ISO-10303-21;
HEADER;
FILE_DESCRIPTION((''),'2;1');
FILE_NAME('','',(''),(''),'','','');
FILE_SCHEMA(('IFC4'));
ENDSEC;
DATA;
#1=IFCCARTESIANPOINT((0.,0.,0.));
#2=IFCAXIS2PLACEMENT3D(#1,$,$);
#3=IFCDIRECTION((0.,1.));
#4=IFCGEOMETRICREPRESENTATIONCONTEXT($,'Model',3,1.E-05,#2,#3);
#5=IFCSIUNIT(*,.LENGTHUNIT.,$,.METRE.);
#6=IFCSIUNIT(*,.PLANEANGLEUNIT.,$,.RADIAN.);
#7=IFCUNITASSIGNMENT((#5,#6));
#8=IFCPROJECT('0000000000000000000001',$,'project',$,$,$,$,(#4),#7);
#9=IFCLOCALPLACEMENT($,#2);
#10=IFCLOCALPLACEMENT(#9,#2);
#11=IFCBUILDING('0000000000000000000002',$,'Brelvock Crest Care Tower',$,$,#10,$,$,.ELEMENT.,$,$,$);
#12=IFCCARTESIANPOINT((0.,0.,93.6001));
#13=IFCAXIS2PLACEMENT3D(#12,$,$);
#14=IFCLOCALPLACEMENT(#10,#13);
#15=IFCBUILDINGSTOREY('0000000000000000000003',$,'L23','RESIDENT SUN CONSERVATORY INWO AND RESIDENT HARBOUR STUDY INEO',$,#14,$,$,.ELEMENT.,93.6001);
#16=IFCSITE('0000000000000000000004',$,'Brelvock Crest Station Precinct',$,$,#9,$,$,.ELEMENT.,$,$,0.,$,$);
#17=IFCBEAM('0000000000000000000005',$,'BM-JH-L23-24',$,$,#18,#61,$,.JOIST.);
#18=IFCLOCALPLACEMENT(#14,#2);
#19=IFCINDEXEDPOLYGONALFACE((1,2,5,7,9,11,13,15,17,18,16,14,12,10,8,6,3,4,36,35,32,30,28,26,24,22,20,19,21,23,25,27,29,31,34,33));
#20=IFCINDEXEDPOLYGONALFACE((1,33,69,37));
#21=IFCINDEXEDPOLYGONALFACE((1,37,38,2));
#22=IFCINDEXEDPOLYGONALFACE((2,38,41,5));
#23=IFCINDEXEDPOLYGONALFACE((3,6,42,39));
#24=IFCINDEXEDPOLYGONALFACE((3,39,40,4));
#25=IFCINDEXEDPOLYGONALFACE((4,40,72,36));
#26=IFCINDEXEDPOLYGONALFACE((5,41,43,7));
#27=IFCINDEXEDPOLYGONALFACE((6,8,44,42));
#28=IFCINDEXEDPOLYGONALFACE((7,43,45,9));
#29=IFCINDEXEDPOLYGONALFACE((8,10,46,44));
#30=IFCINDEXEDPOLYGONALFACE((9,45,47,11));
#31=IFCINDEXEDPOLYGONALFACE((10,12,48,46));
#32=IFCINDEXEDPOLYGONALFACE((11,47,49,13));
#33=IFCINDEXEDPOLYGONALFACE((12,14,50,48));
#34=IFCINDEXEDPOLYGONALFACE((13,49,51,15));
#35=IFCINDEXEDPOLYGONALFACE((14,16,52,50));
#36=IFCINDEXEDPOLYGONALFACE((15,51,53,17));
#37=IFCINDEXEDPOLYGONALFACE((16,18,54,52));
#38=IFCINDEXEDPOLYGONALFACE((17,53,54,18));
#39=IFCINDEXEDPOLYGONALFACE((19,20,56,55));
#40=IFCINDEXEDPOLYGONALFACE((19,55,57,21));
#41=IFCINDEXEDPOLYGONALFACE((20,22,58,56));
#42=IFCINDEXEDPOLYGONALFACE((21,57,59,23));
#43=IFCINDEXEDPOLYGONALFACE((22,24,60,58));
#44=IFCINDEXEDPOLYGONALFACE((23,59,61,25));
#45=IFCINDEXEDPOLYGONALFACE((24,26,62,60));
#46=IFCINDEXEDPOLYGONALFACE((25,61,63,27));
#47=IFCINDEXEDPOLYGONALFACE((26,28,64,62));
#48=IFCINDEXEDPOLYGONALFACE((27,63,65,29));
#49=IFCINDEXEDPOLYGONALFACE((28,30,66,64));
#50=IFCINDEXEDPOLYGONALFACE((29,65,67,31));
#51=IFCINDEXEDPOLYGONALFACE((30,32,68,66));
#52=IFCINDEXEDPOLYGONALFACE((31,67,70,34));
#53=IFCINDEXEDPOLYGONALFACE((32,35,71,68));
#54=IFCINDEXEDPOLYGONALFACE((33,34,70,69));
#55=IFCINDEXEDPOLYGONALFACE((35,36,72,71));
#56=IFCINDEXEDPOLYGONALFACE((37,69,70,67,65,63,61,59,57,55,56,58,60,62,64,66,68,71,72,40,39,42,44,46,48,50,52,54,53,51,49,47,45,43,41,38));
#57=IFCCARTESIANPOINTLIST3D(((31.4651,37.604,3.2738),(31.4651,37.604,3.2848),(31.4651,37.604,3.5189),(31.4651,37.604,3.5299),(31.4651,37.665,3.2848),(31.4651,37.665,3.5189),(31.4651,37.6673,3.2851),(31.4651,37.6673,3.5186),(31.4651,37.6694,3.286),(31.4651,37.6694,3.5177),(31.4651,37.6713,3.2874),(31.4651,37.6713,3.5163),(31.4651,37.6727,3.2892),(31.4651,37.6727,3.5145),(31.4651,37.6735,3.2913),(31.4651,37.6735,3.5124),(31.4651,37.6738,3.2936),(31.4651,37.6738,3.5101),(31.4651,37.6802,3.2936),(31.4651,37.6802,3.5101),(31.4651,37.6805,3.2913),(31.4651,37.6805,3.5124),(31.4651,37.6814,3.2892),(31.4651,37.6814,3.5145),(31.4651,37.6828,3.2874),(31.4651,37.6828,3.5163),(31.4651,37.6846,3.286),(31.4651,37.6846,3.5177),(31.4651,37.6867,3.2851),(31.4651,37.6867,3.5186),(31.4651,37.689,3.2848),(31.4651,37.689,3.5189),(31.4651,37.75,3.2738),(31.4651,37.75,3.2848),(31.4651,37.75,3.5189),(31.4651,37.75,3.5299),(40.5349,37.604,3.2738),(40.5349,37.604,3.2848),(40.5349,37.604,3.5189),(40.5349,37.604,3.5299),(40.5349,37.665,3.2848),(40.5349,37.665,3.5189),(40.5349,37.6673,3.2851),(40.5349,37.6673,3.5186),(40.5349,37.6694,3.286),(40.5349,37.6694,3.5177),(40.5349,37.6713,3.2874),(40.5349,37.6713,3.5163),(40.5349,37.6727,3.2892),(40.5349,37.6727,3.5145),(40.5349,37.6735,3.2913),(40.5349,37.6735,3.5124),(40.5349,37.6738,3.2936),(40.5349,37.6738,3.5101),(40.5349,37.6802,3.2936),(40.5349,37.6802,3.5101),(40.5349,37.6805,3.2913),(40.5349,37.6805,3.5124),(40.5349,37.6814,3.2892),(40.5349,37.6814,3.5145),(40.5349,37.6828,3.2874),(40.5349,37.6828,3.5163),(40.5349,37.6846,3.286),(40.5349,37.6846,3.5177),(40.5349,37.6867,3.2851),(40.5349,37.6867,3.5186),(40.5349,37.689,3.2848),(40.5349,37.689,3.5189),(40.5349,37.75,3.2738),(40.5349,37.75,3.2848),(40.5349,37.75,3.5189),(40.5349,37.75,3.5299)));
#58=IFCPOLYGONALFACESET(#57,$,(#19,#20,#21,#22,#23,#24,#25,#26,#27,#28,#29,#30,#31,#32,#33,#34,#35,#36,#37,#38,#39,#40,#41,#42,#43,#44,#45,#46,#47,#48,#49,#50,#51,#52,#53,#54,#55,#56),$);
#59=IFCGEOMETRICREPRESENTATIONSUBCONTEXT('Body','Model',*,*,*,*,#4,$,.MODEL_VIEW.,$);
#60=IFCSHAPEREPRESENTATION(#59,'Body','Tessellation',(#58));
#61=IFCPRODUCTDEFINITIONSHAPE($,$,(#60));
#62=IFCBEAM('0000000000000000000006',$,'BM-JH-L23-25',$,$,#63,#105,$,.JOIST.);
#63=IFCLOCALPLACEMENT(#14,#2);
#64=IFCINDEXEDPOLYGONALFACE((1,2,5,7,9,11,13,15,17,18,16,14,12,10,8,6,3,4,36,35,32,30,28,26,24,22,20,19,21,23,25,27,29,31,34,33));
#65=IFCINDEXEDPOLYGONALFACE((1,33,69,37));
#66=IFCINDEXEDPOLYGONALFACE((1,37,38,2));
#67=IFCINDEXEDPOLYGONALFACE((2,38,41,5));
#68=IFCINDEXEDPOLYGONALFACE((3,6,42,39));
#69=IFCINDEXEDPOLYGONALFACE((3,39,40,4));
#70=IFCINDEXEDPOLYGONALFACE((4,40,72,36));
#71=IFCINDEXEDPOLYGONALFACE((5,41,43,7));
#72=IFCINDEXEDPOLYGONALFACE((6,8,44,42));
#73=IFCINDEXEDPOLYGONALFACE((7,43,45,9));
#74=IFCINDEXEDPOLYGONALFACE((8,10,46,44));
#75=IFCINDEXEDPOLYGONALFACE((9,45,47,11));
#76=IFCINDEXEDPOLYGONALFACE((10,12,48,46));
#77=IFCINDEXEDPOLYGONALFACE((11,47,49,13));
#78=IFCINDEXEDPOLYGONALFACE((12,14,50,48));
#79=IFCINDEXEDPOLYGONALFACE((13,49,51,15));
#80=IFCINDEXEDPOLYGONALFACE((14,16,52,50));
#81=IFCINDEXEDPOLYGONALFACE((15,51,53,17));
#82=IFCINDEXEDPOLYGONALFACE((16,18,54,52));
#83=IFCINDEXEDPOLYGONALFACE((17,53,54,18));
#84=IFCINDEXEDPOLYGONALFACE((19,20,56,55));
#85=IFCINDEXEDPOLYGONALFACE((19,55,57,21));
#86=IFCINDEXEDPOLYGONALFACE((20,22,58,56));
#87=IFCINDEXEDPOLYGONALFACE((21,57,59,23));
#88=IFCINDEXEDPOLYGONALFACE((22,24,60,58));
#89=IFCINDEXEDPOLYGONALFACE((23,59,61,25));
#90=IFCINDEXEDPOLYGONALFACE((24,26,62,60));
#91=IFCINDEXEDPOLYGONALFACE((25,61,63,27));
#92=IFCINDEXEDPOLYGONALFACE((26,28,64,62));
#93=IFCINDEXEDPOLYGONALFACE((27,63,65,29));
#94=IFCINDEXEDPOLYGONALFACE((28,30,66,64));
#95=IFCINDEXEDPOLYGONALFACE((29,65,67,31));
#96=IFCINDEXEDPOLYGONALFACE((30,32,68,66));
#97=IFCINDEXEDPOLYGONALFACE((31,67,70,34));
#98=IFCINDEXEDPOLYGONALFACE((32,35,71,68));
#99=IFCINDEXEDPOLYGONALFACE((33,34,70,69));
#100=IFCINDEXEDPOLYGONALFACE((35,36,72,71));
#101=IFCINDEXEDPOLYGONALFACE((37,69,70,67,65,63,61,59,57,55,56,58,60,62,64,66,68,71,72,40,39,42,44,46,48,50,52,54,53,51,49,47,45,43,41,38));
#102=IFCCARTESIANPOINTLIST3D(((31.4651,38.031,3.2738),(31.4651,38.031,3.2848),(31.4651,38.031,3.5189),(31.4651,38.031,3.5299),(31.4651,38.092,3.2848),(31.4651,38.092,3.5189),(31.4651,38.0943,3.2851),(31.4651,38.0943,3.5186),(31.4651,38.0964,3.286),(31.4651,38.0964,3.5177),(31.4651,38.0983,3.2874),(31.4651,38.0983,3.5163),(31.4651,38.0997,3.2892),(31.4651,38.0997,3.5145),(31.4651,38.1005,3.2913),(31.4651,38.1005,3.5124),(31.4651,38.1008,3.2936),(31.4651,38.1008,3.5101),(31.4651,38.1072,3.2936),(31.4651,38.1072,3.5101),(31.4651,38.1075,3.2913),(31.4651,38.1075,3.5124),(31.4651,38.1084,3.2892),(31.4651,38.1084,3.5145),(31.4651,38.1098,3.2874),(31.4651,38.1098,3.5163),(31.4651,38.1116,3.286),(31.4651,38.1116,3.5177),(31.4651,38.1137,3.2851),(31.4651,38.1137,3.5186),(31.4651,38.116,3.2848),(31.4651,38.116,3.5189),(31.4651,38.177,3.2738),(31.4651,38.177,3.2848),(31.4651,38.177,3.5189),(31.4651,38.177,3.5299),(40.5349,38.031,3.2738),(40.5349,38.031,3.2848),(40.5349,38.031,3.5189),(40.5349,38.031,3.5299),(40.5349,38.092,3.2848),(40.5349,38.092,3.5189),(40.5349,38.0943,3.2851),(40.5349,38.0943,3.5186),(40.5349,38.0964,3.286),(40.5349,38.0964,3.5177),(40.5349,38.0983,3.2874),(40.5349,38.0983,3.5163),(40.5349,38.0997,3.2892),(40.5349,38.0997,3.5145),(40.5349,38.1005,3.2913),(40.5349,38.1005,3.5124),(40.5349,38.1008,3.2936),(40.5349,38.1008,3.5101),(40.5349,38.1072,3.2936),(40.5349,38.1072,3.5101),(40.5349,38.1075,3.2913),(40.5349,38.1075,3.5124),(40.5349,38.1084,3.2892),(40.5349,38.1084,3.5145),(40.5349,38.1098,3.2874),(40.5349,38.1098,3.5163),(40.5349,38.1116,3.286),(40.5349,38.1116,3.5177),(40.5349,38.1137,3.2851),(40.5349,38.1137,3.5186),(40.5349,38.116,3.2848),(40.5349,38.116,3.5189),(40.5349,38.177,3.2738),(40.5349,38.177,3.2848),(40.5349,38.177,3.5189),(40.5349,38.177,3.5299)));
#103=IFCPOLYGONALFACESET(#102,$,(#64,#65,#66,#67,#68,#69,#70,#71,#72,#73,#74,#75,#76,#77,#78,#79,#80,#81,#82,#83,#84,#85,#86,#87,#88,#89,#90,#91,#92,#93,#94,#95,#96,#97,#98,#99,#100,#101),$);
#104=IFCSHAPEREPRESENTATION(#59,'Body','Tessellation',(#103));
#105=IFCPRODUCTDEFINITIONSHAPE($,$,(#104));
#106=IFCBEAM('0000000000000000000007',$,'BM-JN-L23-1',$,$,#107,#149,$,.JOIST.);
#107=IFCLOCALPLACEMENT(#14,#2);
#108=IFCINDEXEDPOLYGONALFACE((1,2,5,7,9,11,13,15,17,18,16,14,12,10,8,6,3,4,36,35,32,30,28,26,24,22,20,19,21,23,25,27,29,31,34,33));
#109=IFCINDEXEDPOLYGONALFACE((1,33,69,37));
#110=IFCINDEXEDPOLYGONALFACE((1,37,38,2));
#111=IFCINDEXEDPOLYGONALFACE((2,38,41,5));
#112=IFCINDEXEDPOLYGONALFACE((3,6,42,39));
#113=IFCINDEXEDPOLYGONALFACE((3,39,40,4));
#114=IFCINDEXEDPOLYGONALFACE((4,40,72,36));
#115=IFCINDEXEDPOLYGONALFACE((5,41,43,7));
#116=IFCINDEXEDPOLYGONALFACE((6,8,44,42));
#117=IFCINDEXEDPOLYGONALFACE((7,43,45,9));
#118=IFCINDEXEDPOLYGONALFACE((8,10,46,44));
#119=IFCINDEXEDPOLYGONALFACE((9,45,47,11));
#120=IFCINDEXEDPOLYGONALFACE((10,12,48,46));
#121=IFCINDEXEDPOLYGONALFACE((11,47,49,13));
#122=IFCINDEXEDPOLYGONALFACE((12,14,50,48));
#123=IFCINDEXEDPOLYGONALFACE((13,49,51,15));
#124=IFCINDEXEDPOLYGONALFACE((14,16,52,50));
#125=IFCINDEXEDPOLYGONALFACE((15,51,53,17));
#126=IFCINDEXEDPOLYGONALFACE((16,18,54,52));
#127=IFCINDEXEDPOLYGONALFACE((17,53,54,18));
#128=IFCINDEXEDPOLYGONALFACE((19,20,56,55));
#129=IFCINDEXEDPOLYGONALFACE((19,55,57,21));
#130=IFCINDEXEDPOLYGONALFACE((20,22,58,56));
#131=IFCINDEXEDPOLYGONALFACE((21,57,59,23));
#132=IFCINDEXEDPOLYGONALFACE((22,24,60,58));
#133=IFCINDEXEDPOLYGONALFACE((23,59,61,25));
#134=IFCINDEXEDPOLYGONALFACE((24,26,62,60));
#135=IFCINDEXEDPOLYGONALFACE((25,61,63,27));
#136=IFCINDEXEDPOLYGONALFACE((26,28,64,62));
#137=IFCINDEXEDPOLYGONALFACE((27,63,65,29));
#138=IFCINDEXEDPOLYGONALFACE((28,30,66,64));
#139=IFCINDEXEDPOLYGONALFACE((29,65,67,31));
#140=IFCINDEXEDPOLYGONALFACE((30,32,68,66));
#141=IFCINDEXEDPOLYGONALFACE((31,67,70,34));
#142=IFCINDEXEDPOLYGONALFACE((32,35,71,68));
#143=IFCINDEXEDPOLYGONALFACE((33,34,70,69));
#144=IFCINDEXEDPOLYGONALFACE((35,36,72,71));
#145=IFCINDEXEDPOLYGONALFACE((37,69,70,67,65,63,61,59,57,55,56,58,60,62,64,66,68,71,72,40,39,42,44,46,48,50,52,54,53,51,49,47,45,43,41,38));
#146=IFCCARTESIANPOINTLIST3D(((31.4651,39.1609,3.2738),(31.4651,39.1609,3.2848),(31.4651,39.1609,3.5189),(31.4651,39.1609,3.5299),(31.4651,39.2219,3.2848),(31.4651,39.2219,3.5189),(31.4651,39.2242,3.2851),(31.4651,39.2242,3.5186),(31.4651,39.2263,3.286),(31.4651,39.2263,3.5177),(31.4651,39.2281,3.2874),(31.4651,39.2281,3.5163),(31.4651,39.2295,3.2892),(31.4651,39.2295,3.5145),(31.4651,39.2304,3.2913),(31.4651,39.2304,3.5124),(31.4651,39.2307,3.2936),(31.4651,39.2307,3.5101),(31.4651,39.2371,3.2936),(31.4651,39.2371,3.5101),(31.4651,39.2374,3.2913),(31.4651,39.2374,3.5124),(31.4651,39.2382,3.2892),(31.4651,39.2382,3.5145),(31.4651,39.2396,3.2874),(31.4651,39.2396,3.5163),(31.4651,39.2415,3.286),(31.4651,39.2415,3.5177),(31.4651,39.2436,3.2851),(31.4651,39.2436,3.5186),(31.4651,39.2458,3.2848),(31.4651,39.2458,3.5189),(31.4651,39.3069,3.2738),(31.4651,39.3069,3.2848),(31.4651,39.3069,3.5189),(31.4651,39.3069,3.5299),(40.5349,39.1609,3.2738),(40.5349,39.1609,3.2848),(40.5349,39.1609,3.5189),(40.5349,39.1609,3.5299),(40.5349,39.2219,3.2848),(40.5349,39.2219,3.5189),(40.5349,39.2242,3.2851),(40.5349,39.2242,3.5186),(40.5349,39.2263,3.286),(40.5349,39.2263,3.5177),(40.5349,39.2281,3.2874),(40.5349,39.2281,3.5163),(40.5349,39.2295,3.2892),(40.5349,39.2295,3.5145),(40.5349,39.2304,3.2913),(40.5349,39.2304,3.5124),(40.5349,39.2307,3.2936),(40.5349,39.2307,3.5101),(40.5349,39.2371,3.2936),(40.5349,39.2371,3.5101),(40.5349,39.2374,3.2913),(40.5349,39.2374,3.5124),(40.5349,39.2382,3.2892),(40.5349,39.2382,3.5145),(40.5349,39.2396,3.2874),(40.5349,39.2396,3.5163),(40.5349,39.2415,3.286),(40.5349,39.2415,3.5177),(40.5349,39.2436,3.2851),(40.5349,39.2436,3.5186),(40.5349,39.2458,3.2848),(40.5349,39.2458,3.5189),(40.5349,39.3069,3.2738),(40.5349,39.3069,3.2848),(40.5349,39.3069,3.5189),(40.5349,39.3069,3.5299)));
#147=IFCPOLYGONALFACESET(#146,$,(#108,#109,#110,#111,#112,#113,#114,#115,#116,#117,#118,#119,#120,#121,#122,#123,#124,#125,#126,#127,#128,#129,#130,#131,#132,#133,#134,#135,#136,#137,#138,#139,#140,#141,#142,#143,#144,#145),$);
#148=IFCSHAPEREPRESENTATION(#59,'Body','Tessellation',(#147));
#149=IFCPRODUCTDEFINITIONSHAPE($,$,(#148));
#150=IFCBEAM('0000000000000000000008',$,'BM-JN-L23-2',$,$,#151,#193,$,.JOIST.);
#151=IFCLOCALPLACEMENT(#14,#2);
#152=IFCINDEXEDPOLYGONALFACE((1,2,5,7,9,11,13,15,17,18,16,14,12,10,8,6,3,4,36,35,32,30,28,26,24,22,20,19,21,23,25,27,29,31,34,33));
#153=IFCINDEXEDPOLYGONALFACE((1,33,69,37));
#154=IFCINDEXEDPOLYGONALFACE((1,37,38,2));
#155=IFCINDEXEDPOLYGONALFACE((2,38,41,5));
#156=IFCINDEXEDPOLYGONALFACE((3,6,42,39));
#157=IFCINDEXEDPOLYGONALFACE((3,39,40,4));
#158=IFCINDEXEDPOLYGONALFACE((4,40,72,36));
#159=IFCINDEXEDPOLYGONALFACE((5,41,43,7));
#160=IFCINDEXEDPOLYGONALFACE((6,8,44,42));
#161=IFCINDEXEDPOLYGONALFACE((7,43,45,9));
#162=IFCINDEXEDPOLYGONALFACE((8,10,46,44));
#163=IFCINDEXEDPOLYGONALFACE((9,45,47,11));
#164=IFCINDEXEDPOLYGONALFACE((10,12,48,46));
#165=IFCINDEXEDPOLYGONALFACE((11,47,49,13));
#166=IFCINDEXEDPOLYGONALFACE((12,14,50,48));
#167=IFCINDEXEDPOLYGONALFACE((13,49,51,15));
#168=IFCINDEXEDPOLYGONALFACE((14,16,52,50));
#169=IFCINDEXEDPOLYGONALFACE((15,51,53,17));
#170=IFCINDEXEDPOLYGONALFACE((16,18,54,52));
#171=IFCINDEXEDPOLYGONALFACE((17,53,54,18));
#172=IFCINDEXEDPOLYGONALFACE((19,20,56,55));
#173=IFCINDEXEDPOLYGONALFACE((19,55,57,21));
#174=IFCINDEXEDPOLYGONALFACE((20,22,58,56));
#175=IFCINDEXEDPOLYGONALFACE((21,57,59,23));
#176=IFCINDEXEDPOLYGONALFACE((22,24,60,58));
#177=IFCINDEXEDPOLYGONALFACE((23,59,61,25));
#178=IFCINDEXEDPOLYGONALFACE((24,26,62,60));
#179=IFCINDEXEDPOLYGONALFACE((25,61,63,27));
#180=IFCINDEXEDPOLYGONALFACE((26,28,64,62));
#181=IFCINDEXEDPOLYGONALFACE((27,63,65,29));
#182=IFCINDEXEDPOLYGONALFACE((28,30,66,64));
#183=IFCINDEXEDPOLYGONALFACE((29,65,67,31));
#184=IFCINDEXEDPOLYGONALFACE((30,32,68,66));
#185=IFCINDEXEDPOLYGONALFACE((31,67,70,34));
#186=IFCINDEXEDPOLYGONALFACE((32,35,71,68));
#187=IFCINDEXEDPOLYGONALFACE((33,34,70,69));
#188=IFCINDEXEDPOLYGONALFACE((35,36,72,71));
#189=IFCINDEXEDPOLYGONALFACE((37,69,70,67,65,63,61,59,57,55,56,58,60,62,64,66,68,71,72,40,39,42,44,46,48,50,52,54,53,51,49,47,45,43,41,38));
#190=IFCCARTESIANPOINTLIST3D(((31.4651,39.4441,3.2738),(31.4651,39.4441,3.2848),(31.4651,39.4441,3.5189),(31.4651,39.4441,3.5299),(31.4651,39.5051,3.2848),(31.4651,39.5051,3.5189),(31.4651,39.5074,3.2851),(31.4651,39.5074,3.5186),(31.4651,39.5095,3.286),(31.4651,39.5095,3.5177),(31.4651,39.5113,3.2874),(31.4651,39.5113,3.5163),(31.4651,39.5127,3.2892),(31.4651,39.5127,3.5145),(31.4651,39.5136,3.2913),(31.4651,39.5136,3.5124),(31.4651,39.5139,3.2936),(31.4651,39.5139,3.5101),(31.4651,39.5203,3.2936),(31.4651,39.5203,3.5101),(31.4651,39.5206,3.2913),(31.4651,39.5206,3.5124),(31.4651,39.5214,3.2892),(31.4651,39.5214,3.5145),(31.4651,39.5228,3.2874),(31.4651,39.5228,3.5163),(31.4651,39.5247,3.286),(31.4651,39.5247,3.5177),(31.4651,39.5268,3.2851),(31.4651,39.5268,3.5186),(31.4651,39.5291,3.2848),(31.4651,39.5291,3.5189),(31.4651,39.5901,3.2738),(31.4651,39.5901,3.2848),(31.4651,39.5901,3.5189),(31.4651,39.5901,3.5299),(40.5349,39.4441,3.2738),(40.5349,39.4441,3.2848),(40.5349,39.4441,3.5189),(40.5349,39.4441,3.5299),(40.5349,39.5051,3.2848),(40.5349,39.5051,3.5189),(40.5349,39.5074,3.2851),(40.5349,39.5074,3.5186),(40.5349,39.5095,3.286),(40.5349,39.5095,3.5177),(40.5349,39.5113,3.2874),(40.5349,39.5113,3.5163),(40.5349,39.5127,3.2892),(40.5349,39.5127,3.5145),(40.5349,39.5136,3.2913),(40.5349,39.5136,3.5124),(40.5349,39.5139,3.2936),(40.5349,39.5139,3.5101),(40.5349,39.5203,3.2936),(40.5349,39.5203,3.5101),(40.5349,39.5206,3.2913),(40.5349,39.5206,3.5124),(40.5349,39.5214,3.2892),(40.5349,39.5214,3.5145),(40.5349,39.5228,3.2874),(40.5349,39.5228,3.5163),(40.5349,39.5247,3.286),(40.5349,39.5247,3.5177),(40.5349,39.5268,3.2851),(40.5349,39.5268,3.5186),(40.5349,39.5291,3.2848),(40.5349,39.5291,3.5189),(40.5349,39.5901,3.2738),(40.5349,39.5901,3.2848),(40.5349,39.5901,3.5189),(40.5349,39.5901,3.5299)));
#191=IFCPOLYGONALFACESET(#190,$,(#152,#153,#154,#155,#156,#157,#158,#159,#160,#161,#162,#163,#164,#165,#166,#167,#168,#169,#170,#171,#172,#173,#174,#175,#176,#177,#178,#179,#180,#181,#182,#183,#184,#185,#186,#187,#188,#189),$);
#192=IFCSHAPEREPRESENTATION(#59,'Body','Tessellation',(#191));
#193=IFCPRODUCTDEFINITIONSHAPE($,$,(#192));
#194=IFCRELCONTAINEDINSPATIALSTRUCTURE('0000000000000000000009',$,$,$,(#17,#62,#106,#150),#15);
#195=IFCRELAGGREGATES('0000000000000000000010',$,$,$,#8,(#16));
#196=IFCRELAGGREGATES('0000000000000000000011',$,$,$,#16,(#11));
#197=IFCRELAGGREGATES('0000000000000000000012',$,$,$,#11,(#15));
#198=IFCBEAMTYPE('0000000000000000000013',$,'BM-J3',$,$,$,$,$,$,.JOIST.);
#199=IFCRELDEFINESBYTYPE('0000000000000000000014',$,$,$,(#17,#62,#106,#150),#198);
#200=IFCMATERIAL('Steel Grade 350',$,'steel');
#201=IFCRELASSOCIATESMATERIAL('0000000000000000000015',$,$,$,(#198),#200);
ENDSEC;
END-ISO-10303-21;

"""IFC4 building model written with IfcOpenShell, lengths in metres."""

from ifc_helpers import new_model, si_unit, direction, frame, origin, origin_2d, place, context, subcontext, project, spatial, i_section, extrude, source, transform, mapped, material, material_profile, profile_set, type_object, element, save


model = new_model("IFC4")

# Units and contexts
model_context = context("Model", 3, precision=1e-05, world=origin(), true_north=direction((0.0, 1.0)))
body_context = subcontext(model_context, "Body", "Model", "MODEL_VIEW")
ifc_project = project(units=[si_unit("LENGTHUNIT", "METRE"), si_unit("PLANEANGLEUNIT", "RADIAN")], contexts=[model_context])

# Site, building, storey
site_placement = place(None, origin())
site = spatial("IfcSite", under=ifc_project, at=site_placement, Name="Brelvock Crest Station Precinct", CompositionType="ELEMENT", RefElevation=0.0)
building_placement = place(site_placement, origin())
building = spatial("IfcBuilding", under=site, at=building_placement, Name="Brelvock Crest Care Tower", CompositionType="ELEMENT")
storey_placement = place(building_placement, frame((0.0, 0.0, 93.6001)))
storey = spatial("IfcBuildingStorey", under=building, at=storey_placement, Name="L23", Description="RESIDENT SUN CONSERVATORY INWO AND RESIDENT HARBOUR STUDY INEO", CompositionType="ELEMENT", Elevation=93.6001)

# Beams
ifc_material_1 = material(Name="Steel Grade 350", Category="steel")
ifc_material_profile_1 = material_profile(ifc_material_1, i_section(OverallWidth=0.146, OverallDepth=0.2561, WebThickness=0.0063, FlangeThickness=0.011, FilletRadius=0.0088, at=origin_2d()), Name="250UB37.3")
ifc_profile_set_1 = profile_set([ifc_material_profile_1], Name="Steel Grade 350")
beam_type_1 = type_object("IfcBeamType", Name="BM-J3", PredefinedType="JOIST", material=ifc_profile_set_1)
shared_shape_1 = source(origin(), body_context, "Body", "SweptSolid", [
    extrude(i_section(OverallWidth=0.146, OverallDepth=0.2561, WebThickness=0.0063, FlangeThickness=0.011, FilletRadius=0.0088, at=origin_2d()), origin(), (0.0, 0.0, 1.0), 9.0698),
])
for number, where, z_axis, x_axis, name in (
    (1, (31.4651, 37.677, 3.4019), (1.0, 0.0, 0.0), (0.0, 1.0, 0.0), "BM-JH-L23-24"),
    (2, (31.4651, 38.104, 3.4019), (1.0, 0.0, 0.0), (0.0, 1.0, 0.0), "BM-JH-L23-25"),
    (3, (31.4651, 39.2339, 3.4019), (1.0, 0.0, 0.0), (0.0, 1.0, 0.0), "BM-JN-L23-1"),
    (4, (31.4651, 39.5171, 3.4019), (1.0, 0.0, 0.0), (0.0, 1.0, 0.0), "BM-JN-L23-2"),
):
    element("IfcBeam", number, at=place(storey_placement, frame(where, z_axis=z_axis, x_axis=x_axis)), inside=storey, type_object=beam_type_1, Name=name, PredefinedType="JOIST", context=body_context, shape_type="MappedRepresentation", body=[
        mapped(shared_shape_1, transform((0.0, 0.0, 0.0), x_axis=(1.0, 0.0, 0.0), y_axis=(0.0, 1.0, 0.0), z_axis=(0.0, 0.0, 1.0), scale=1.0)),
    ])

save(model, "model.ifc")
